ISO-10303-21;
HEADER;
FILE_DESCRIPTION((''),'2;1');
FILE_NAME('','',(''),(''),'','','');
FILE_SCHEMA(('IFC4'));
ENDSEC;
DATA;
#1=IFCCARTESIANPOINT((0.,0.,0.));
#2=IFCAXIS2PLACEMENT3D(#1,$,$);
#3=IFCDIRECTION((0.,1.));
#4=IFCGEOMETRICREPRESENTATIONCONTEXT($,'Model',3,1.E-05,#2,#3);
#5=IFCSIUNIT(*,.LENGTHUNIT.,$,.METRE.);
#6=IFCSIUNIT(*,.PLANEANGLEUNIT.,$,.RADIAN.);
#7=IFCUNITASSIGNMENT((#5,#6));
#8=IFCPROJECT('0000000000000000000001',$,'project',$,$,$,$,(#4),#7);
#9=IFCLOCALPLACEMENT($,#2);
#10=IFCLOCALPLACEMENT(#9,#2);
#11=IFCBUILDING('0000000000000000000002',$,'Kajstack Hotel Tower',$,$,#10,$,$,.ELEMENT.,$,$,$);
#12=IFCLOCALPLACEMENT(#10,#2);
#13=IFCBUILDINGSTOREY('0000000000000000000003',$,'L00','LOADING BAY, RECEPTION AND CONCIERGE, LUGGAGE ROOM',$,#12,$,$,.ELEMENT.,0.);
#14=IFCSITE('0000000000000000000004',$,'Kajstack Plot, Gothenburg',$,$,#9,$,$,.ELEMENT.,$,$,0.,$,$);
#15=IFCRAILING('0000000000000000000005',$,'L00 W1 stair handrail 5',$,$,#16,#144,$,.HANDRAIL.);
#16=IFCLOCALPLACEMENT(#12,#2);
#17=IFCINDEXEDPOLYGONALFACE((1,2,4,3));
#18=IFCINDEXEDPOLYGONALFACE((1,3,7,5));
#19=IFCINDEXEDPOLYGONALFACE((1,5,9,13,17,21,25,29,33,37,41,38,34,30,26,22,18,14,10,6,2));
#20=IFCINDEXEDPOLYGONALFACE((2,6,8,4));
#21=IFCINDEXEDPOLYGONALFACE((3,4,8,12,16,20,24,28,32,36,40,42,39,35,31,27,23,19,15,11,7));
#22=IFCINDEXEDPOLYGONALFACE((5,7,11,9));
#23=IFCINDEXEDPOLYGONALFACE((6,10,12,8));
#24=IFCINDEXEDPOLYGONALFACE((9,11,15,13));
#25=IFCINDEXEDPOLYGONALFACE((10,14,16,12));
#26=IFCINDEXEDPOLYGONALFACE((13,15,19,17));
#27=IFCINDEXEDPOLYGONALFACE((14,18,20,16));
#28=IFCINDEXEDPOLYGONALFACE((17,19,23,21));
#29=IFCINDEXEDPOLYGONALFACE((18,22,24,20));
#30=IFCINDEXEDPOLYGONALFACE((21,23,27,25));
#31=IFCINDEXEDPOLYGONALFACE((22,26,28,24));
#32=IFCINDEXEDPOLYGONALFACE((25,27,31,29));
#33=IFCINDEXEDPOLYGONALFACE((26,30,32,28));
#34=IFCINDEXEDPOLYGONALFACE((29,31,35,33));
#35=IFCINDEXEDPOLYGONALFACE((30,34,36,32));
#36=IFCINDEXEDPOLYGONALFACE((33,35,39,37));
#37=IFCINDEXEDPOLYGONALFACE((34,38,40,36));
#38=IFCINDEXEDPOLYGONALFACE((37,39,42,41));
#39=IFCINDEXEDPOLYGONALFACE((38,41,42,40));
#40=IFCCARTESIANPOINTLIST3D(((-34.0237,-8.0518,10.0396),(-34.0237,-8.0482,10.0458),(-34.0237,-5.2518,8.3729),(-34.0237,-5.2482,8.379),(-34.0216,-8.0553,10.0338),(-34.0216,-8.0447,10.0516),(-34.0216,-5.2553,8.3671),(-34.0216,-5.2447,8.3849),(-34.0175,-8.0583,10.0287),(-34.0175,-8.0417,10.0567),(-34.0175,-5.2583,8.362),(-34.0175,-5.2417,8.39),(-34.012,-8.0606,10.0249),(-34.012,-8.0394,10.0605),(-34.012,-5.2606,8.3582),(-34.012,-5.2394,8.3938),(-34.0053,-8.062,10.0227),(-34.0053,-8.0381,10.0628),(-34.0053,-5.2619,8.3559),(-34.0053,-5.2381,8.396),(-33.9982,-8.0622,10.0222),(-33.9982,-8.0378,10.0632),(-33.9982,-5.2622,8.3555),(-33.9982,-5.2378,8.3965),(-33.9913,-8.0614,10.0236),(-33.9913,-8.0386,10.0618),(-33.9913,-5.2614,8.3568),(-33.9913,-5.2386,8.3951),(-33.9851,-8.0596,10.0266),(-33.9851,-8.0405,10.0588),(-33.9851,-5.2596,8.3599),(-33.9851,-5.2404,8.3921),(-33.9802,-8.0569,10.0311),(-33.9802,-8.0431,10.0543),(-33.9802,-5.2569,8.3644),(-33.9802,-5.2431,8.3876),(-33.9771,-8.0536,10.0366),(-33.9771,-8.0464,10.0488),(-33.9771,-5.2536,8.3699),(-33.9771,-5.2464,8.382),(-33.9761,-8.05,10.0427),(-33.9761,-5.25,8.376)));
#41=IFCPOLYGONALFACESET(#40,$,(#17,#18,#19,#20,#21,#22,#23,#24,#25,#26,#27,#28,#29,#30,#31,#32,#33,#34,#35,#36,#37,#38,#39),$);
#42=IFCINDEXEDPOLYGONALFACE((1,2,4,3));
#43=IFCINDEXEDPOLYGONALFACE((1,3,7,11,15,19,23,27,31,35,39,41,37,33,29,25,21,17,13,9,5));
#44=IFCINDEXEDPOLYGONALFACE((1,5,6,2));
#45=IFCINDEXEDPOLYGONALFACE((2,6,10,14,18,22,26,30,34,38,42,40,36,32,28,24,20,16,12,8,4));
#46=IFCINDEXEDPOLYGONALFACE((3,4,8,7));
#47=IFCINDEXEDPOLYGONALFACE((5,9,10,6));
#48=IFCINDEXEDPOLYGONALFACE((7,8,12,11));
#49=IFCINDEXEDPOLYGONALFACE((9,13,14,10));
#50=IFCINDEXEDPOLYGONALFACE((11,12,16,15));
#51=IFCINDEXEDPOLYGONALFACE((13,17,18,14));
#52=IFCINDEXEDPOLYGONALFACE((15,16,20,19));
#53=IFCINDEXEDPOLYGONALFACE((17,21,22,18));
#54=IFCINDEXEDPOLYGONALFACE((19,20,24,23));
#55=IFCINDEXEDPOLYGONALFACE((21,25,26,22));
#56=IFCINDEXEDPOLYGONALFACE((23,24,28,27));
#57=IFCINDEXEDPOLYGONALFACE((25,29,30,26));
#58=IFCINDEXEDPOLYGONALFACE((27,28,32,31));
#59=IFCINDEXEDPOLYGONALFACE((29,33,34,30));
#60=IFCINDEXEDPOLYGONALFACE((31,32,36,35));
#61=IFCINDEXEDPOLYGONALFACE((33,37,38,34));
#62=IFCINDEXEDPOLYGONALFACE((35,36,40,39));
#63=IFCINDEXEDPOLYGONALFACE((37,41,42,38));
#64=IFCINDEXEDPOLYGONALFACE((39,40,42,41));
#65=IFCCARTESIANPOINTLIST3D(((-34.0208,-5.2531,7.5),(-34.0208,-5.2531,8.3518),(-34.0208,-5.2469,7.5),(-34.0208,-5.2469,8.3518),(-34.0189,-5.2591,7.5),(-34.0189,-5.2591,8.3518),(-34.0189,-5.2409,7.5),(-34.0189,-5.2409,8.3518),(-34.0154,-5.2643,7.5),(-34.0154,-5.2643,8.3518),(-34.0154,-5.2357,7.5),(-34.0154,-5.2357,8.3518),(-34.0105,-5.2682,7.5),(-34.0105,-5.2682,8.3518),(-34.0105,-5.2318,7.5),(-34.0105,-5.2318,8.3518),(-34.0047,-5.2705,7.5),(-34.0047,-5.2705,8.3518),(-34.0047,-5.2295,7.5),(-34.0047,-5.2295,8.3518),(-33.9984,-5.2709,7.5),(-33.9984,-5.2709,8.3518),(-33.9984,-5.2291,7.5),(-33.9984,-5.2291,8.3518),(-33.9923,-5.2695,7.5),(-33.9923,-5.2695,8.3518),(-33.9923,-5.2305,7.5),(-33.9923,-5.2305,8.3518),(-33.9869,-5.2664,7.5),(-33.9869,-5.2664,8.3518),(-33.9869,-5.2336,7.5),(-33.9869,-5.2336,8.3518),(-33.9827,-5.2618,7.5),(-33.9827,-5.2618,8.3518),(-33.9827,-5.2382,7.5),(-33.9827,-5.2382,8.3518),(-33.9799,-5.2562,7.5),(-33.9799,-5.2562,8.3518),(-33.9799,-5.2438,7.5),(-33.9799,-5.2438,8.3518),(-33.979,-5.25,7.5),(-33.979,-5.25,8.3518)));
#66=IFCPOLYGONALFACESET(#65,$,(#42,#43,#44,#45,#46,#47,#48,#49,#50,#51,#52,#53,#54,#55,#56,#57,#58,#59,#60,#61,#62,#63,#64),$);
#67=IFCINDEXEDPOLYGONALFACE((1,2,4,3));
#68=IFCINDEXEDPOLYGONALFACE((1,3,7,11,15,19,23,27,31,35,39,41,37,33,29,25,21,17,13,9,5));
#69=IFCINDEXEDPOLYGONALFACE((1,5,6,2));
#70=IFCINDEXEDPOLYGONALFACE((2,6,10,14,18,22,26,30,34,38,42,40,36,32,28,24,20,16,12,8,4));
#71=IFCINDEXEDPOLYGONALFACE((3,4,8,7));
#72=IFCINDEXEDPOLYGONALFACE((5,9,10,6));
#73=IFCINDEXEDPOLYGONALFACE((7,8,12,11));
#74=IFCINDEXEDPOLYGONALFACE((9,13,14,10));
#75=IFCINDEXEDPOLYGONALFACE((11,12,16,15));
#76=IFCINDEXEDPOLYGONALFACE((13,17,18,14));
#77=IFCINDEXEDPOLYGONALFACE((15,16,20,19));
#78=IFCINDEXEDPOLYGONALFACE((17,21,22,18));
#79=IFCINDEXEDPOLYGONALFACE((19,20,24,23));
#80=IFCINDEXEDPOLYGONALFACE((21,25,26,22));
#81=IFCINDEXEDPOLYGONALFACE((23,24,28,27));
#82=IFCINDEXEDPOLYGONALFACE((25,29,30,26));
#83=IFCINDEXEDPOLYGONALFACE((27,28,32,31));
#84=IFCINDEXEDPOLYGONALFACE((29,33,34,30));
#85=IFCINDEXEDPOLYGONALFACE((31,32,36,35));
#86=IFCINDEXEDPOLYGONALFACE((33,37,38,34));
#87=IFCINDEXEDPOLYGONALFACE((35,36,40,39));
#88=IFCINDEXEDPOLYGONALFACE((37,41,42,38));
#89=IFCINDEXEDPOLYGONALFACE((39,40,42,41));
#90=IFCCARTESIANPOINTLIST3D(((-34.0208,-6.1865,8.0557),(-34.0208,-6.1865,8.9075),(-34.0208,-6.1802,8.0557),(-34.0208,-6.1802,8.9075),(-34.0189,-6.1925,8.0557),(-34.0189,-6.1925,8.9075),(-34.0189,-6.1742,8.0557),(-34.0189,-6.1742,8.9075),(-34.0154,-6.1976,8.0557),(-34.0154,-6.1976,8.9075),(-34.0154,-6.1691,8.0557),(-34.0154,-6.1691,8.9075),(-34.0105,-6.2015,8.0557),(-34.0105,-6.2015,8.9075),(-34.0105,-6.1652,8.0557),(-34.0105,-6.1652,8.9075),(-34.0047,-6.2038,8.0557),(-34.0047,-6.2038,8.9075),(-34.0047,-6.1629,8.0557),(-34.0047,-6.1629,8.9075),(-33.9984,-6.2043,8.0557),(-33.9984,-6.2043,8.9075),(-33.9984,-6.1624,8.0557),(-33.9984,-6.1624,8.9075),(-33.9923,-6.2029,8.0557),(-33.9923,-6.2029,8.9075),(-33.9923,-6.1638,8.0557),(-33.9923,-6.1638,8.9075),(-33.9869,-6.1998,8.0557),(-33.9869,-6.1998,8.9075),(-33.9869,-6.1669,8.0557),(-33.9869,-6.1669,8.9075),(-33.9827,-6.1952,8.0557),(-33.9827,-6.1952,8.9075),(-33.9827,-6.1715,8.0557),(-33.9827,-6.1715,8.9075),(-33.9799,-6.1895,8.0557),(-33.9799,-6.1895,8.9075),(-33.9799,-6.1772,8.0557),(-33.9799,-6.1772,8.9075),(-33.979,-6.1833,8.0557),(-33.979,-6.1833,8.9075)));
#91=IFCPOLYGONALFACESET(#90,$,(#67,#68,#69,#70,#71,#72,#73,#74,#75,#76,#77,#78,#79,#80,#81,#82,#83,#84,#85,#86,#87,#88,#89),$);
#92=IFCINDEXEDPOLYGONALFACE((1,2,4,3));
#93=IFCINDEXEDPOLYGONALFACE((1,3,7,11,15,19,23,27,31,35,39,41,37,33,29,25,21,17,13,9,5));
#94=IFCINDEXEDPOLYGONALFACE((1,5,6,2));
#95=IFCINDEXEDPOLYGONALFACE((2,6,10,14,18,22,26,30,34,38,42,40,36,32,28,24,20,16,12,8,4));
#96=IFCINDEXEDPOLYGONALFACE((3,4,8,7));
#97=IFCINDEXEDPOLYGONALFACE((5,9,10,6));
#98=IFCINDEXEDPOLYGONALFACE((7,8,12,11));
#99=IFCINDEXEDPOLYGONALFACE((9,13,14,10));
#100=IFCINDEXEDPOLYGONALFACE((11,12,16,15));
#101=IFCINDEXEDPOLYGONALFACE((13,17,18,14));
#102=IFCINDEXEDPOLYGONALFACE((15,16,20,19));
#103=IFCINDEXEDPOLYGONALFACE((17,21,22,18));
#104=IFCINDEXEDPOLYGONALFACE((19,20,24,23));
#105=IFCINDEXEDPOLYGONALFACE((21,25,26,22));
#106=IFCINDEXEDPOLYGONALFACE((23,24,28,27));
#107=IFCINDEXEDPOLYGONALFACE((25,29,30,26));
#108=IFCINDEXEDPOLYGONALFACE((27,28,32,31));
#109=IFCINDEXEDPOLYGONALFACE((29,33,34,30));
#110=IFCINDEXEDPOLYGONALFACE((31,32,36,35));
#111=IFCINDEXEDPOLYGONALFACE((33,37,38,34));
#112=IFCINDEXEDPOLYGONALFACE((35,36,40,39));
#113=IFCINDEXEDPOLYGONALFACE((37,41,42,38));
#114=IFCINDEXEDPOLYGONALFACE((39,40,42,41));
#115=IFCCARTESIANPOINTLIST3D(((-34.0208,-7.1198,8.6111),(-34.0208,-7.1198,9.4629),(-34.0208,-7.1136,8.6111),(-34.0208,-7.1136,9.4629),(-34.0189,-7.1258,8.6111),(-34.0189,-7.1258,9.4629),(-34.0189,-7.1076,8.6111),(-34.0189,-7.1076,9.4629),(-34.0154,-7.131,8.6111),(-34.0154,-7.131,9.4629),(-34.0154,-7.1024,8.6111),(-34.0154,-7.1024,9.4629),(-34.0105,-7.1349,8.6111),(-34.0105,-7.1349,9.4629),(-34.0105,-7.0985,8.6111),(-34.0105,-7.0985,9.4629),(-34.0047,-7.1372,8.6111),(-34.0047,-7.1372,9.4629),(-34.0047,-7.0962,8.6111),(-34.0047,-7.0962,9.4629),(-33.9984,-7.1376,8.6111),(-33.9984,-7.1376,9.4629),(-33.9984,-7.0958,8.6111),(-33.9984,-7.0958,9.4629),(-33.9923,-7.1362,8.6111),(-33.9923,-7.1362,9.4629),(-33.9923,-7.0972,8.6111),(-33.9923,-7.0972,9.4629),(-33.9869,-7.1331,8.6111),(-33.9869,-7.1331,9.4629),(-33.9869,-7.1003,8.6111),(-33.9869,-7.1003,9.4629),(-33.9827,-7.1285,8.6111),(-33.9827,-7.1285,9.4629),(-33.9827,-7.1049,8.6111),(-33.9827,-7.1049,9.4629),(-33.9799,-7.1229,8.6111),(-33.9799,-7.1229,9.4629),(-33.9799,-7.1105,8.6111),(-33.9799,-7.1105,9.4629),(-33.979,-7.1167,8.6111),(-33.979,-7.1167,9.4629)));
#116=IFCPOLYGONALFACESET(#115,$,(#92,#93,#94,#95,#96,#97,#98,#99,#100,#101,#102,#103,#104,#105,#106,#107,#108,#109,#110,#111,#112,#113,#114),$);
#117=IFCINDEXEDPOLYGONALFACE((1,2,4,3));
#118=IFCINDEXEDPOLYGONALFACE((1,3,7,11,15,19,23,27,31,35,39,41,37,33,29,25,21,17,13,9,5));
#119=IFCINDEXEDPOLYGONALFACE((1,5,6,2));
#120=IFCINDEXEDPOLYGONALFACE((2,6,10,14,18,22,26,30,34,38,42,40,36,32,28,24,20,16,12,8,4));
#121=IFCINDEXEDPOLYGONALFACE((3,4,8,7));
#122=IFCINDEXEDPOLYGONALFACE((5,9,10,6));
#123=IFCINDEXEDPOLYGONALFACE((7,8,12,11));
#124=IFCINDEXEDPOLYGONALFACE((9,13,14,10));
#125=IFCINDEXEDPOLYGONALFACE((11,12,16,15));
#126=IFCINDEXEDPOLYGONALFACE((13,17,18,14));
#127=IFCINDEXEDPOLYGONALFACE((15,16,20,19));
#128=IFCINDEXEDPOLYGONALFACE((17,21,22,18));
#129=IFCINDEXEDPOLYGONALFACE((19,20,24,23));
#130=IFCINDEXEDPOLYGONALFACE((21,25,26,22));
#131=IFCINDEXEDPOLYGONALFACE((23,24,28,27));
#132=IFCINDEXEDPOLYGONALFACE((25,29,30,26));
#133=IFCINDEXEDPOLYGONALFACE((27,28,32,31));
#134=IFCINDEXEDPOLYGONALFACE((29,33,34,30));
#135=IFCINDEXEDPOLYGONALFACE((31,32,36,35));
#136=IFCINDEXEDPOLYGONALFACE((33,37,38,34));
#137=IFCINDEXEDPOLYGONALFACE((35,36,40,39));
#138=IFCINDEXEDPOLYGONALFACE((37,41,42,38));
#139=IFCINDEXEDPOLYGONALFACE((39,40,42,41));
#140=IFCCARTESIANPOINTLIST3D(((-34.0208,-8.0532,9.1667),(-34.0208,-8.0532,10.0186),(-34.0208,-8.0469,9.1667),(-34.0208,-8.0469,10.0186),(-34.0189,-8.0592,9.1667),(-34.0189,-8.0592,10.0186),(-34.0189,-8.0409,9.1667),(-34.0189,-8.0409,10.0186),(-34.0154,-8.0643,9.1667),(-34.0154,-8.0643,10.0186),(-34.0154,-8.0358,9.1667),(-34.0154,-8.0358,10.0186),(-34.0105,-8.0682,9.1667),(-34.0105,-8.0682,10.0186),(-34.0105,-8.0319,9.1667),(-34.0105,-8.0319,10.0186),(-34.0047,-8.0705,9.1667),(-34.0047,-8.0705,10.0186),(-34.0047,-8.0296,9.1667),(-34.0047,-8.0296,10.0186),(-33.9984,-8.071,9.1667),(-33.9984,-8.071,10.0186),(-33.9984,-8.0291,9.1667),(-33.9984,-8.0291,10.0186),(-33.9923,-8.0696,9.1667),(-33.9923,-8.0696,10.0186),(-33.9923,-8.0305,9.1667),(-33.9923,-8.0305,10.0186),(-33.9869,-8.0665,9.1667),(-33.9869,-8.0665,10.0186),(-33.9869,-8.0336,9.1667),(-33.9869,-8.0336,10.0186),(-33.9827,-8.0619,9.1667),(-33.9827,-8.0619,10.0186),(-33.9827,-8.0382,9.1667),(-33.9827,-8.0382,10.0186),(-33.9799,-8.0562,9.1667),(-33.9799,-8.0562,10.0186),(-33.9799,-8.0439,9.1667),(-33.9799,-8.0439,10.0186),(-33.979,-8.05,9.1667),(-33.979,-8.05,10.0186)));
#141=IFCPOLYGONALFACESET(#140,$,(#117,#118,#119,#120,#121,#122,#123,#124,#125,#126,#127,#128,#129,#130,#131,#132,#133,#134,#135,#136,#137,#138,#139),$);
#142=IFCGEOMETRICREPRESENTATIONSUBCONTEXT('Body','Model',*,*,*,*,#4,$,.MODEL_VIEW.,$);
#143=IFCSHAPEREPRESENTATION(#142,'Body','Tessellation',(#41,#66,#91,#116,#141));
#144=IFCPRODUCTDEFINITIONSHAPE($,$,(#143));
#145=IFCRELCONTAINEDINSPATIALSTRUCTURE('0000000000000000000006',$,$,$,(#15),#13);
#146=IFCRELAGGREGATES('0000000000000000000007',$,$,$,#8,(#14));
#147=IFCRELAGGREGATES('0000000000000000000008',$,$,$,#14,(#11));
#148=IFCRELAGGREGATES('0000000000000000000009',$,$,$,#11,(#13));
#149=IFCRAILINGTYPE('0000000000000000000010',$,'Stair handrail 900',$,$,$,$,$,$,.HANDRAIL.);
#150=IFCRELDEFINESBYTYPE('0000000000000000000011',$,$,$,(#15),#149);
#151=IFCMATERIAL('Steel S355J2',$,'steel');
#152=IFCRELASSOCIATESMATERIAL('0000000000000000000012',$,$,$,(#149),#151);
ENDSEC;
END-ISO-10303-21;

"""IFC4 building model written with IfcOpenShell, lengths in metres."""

from ifc_helpers import new_model, si_unit, direction, frame, origin, origin_2d, place, context, subcontext, project, spatial, circle, extrude, material, type_object, element, save


model = new_model("IFC4")

# Units and contexts
model_context = context("Model", 3, precision=1e-05, world=origin(), true_north=direction((0.0, 1.0)))
body_context = subcontext(model_context, "Body", "Model", "MODEL_VIEW")
ifc_project = project(units=[si_unit("LENGTHUNIT", "METRE"), si_unit("PLANEANGLEUNIT", "RADIAN")], contexts=[model_context])

# Site, building, storey
site_placement = place(None, origin())
site = spatial("IfcSite", under=ifc_project, at=site_placement, Name="Kajstack Plot, Gothenburg", CompositionType="ELEMENT", RefElevation=0.0)
building_placement = place(site_placement, origin())
building = spatial("IfcBuilding", under=site, at=building_placement, Name="Kajstack Hotel Tower", CompositionType="ELEMENT")
storey_placement = place(building_placement, origin())
storey = spatial("IfcBuildingStorey", under=building, at=storey_placement, Name="L00", Description="LOADING BAY, RECEPTION AND CONCIERGE, LUGGAGE ROOM", CompositionType="ELEMENT", Elevation=0.0)

# Railing
ifc_material_1 = material(Name="Steel S355J2", Category="steel")
railing_type_1 = type_object("IfcRailingType", Name="Stair handrail 900", PredefinedType="HANDRAIL", material=ifc_material_1)
railing_1_placement = place(storey_placement, frame((-34.0, -5.25, 7.5)))
element("IfcRailing", 1, at=railing_1_placement, inside=storey, type_object=railing_type_1, Name="L00 W1 stair handrail 5", PredefinedType="HANDRAIL", context=body_context, shape_type="SweptSolid", body=[
    extrude(circle(Radius=0.0239, at=origin_2d()), frame((0.0, 0.0, 0.876), z_axis=(0.0, -0.859286, 0.511496), x_axis=(1.0, 0.0, 0.0)), (0.0, 0.0, 1.0), 3.2585),
    extrude(circle(Radius=0.021, at=origin_2d()), origin(), (0.0, 0.0, 1.0), 0.8518),
    extrude(circle(Radius=0.021, at=origin_2d()), frame((0.0, -0.9333, 0.5557)), (0.0, 0.0, 1.0), 0.8518),
    extrude(circle(Radius=0.021, at=origin_2d()), frame((0.0, -1.8667, 1.1111)), (0.0, 0.0, 1.0), 0.8518),
    extrude(circle(Radius=0.021, at=origin_2d()), frame((0.0, -2.8, 1.6667)), (0.0, 0.0, 1.0), 0.8518),
])

save(model, "model.ifc")
